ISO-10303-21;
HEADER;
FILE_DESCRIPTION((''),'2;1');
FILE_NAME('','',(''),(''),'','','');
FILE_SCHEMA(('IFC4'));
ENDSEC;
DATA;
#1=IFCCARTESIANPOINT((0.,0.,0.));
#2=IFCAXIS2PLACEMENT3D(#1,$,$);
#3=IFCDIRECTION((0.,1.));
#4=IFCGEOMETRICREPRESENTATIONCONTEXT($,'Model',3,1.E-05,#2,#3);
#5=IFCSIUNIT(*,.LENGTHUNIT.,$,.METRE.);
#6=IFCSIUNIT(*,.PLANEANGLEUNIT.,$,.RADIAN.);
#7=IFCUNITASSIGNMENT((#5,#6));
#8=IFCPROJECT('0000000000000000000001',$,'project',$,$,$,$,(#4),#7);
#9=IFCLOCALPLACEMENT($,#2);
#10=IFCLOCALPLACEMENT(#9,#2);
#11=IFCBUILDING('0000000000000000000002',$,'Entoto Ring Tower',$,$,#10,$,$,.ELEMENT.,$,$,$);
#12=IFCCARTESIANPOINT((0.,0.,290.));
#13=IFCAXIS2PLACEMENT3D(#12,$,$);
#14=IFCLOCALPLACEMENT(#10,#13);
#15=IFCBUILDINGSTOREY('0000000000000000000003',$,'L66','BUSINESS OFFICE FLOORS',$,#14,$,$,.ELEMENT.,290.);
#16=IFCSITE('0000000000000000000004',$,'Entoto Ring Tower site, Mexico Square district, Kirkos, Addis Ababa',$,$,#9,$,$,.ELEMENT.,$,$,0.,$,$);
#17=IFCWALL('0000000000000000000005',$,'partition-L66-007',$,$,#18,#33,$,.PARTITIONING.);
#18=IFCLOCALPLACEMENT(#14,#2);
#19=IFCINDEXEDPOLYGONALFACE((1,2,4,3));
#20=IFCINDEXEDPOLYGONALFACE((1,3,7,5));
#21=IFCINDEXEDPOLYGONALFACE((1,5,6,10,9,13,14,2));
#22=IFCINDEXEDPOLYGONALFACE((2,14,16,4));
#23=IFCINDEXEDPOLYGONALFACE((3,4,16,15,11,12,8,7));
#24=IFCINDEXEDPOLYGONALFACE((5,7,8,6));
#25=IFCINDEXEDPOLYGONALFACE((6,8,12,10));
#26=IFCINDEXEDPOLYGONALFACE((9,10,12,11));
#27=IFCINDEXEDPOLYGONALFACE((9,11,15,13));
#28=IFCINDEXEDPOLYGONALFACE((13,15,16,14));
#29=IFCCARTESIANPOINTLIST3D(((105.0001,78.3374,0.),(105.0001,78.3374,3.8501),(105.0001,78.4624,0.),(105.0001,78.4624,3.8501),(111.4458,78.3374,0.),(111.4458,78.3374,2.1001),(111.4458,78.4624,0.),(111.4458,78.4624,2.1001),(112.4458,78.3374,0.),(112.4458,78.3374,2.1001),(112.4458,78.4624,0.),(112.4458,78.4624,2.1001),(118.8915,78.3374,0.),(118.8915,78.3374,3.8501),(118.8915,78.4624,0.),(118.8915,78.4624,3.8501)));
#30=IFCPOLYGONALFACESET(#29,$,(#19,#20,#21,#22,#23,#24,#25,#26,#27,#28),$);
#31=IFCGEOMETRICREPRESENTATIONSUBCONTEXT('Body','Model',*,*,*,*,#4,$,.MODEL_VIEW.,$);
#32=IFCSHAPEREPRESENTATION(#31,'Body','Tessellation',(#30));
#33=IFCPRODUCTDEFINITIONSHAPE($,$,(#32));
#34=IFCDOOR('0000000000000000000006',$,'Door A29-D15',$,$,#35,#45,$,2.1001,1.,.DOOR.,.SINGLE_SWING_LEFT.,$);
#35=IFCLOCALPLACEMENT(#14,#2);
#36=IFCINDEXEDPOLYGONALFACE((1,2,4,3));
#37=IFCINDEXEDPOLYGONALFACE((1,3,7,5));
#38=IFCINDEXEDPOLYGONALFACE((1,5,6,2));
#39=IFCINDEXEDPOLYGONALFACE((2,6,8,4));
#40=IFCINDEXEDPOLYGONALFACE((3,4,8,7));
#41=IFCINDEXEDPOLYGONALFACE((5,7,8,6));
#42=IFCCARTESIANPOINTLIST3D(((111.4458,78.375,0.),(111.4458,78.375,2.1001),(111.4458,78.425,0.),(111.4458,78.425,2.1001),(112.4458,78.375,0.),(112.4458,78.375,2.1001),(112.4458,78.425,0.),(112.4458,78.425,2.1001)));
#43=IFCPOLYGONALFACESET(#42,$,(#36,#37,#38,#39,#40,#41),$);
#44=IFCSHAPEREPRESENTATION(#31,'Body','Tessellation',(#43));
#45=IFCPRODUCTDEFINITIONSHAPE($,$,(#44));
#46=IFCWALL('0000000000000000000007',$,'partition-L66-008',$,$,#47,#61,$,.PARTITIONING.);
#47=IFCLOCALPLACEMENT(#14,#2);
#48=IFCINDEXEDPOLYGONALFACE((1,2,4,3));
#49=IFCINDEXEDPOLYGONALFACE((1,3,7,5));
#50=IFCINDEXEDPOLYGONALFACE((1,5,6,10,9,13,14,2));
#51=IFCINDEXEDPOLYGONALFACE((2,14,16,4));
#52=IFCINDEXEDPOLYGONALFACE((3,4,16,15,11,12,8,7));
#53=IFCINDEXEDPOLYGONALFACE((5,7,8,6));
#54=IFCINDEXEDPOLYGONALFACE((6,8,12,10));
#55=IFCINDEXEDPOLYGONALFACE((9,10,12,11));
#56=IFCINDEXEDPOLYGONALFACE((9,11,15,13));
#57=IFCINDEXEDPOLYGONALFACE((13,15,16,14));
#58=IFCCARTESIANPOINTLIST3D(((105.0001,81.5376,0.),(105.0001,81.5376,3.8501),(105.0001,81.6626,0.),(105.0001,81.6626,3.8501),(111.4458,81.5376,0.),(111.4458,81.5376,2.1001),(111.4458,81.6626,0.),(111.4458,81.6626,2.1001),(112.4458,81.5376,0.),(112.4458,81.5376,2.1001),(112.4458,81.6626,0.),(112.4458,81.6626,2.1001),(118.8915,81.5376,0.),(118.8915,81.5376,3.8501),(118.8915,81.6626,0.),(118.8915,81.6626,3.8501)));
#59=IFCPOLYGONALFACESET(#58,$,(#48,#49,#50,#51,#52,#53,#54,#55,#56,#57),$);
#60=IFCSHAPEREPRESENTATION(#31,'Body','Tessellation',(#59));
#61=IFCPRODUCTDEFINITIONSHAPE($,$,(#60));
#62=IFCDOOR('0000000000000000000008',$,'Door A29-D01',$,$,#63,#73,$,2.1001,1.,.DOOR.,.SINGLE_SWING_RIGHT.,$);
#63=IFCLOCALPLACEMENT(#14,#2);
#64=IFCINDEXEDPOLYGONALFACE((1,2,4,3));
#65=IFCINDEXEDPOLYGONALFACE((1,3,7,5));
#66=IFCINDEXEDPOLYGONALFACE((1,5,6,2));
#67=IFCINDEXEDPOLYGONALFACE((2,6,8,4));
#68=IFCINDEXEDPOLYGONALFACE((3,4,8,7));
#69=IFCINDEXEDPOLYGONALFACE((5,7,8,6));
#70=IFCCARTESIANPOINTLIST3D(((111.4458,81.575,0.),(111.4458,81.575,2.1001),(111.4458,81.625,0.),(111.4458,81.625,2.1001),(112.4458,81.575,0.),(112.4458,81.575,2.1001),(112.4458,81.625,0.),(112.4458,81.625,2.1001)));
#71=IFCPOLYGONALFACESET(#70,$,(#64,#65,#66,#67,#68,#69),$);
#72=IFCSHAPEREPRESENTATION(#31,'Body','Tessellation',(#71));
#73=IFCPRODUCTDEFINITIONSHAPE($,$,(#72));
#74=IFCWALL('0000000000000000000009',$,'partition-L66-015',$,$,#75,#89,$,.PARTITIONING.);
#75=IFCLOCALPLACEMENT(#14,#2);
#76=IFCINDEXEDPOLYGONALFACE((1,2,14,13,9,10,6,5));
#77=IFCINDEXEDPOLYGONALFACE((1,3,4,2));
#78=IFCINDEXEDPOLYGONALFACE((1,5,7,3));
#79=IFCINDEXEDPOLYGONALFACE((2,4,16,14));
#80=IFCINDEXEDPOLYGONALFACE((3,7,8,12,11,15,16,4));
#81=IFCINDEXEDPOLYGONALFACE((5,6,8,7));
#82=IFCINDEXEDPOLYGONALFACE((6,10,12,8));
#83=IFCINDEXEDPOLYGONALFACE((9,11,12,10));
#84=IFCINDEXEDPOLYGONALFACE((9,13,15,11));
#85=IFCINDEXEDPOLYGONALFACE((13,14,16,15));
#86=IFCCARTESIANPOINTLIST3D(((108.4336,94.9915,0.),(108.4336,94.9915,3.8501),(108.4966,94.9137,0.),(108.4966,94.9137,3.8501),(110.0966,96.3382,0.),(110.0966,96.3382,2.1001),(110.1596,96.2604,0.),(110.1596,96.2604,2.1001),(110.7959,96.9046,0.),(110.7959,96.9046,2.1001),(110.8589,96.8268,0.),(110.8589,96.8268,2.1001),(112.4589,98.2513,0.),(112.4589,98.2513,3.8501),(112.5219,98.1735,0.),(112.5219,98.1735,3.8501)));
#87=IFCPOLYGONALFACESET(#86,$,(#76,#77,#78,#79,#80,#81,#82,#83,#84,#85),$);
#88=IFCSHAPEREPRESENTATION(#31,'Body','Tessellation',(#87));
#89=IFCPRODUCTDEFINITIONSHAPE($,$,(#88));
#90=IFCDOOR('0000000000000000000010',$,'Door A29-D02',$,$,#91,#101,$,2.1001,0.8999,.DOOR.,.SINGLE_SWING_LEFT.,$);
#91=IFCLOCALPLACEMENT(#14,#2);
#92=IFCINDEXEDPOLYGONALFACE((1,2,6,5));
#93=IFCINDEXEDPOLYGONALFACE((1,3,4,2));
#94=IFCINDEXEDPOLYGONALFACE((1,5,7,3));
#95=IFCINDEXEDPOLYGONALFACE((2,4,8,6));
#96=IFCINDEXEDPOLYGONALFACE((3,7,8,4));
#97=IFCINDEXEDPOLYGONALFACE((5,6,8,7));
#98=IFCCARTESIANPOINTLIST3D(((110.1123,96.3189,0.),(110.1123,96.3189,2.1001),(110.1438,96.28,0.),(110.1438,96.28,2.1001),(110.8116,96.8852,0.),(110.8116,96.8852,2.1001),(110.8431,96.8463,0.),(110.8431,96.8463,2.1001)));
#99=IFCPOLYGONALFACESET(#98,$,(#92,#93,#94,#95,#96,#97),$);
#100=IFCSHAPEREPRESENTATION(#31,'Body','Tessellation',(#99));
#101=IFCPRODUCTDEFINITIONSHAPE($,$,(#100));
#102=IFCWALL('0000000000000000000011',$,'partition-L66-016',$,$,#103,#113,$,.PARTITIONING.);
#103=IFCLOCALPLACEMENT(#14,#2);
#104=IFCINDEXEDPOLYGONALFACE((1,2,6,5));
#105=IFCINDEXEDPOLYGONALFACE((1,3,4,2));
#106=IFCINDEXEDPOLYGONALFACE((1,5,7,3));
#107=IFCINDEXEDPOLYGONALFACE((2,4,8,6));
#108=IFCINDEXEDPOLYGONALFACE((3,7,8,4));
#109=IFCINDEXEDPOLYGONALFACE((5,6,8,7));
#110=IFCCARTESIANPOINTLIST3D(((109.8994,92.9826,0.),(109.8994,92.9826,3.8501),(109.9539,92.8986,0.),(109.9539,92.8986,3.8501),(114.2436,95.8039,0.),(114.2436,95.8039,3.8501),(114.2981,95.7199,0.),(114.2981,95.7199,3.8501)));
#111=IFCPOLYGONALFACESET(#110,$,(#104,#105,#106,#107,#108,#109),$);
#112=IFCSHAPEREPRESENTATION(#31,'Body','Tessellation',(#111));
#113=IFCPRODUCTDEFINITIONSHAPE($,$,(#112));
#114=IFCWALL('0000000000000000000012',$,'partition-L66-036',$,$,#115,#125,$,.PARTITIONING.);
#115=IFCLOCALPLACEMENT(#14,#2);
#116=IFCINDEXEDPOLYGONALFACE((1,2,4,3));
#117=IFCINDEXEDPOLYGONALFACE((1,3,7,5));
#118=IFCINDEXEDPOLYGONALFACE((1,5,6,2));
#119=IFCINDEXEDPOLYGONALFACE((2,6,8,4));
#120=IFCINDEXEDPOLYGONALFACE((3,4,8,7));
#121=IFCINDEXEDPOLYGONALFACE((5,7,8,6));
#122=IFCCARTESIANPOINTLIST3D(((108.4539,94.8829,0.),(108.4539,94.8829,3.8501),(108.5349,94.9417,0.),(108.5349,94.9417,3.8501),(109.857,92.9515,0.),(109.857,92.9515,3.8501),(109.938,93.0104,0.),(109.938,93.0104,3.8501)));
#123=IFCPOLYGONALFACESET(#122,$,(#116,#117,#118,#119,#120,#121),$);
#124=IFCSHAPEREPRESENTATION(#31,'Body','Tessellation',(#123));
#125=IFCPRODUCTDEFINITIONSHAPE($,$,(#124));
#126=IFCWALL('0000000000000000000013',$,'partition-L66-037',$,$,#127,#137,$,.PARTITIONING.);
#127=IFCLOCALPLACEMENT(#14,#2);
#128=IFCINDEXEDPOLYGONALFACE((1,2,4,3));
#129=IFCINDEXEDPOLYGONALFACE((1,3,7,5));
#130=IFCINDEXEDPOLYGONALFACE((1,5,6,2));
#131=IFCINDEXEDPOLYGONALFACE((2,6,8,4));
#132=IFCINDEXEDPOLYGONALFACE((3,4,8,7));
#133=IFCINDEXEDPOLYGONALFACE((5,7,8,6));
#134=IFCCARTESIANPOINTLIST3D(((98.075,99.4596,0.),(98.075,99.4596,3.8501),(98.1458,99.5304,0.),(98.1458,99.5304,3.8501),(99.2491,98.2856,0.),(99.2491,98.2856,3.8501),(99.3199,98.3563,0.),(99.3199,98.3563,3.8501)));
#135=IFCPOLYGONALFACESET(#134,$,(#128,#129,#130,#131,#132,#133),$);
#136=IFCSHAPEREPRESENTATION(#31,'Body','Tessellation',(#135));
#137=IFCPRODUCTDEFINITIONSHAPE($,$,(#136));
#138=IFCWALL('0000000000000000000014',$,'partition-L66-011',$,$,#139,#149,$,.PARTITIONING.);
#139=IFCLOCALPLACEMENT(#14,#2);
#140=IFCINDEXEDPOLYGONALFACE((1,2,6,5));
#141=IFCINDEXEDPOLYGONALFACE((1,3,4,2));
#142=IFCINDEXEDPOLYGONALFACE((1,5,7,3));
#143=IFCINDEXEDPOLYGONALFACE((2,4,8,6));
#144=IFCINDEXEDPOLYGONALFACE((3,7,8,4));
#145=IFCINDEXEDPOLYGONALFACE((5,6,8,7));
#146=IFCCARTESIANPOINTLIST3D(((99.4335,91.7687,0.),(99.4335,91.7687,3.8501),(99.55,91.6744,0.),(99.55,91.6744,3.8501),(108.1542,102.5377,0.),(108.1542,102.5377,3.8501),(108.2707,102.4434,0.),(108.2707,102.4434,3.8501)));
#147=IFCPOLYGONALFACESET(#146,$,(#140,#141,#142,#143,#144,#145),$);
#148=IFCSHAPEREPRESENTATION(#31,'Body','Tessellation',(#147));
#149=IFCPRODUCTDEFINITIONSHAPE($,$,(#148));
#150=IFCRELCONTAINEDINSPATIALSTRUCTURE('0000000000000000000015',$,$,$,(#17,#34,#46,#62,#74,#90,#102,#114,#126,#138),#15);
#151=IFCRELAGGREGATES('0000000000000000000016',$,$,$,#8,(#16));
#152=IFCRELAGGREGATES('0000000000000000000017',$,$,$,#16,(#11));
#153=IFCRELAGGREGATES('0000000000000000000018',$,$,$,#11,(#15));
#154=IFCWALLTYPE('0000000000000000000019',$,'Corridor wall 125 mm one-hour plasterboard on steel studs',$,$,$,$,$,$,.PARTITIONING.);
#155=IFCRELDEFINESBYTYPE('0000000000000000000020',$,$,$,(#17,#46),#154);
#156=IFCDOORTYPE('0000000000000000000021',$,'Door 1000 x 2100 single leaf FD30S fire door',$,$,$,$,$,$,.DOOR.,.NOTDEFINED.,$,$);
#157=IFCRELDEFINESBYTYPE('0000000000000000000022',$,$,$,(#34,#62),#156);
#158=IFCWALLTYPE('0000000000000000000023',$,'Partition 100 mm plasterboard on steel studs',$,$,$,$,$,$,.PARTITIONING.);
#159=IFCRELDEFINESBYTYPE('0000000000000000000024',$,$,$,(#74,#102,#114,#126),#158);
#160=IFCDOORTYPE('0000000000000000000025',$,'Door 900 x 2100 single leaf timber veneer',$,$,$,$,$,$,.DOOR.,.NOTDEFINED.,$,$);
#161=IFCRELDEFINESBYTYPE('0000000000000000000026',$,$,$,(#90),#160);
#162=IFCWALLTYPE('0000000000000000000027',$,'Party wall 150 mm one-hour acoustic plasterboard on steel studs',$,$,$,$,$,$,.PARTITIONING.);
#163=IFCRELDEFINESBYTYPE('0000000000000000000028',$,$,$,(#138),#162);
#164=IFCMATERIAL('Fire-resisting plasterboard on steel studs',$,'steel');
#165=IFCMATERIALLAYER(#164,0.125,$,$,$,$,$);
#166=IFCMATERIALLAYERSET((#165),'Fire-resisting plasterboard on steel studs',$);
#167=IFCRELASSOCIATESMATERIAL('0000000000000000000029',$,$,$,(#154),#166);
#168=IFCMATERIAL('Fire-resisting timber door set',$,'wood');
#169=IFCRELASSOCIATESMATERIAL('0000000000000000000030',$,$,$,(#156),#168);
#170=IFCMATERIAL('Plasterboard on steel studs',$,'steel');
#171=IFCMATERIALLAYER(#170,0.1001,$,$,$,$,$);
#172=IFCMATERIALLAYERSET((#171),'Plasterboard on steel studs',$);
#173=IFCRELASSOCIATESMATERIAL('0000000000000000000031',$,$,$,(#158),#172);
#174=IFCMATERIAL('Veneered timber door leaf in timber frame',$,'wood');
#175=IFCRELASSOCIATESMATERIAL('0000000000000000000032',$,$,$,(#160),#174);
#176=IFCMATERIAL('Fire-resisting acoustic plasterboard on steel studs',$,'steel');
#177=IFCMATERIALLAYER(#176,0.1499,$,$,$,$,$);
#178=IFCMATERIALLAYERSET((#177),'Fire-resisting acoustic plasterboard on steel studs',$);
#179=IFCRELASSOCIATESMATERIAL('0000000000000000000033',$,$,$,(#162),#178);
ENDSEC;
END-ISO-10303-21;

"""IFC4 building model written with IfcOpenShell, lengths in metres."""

from ifc_helpers import new_model, si_unit, direction, frame, frame_2d, origin, place, context, subcontext, project, spatial, rectangle, extrude, material, layer, layer_set, type_object, element, fill, save


model = new_model("IFC4")

# Units and contexts
model_context = context("Model", 3, precision=1e-05, world=origin(), true_north=direction((0.0, 1.0)))
body_context = subcontext(model_context, "Body", "Model", "MODEL_VIEW")
ifc_project = project(units=[si_unit("LENGTHUNIT", "METRE"), si_unit("PLANEANGLEUNIT", "RADIAN")], contexts=[model_context])

# Site, building, storey
site_placement = place(None, origin())
site = spatial("IfcSite", under=ifc_project, at=site_placement, Name="Entoto Ring Tower site, Mexico Square district, Kirkos, Addis Ababa", CompositionType="ELEMENT", RefElevation=0.0)
building_placement = place(site_placement, origin())
building = spatial("IfcBuilding", under=site, at=building_placement, Name="Entoto Ring Tower", CompositionType="ELEMENT")
storey_placement = place(building_placement, frame((0.0, 0.0, 290.0)))
storey = spatial("IfcBuildingStorey", under=building, at=storey_placement, Name="L66", Description="BUSINESS OFFICE FLOORS", CompositionType="ELEMENT", Elevation=290.0)

# Walls, openings, doors
ifc_material_1 = material(Name="Fire-resisting plasterboard on steel studs", Category="steel")
ifc_layer_1 = layer(ifc_material_1, 0.125)
ifc_layer_set_1 = layer_set([ifc_layer_1], Name="Fire-resisting plasterboard on steel studs")
wall_type_1 = type_object("IfcWallType", Name="Corridor wall 125 mm one-hour plasterboard on steel studs", PredefinedType="PARTITIONING", material=ifc_layer_set_1)
wall_1_placement = place(storey_placement, frame((105.0, 78.3999, 0.0), z_axis=(0.0, 0.0, 1.0), x_axis=(1.0, 0.0, 0.0)))
wall_1 = element("IfcWall", 1, at=wall_1_placement, inside=storey, type_object=wall_type_1, Name="partition-L66-007", PredefinedType="PARTITIONING", context=body_context, shape_type="SweptSolid", body=[
    extrude(rectangle(XDim=13.8914, YDim=0.125, at=frame_2d((6.9458, 0.0))), origin(), (0.0, 0.0, 1.0), 3.8501),
])
opening_1_placement = place(wall_1_placement, frame((6.4458, 0.0, 0.0)))
opening_1 = element("IfcOpeningElement", 2, at=opening_1_placement, cuts=wall_1, PredefinedType="OPENING", context=body_context, shape_type="SweptSolid", body=[
    extrude(rectangle(XDim=1.0, YDim=2.1001, at=frame_2d((0.5, 1.05))), frame((0.0, 0.0725, 0.0), z_axis=(0.0, -1.0, 0.0), x_axis=(1.0, 0.0, 0.0)), (0.0, 0.0, 1.0), 0.145),
])
ifc_material_2 = material(Name="Fire-resisting timber door set", Category="wood")
door_type_1 = type_object("IfcDoorType", Name="Door 1000 x 2100 single leaf FD30S fire door", OperationType="NOTDEFINED", PredefinedType="DOOR", material=ifc_material_2)
door_1_placement = place(opening_1_placement, frame((1.0, 0.0, 0.0), z_axis=(0.0, 0.0, 1.0), x_axis=(-1.0, 0.0, 0.0)))
door_1 = element("IfcDoor", 3, at=door_1_placement, inside=storey, type_object=door_type_1, Name="Door A29-D15", OperationType="SINGLE_SWING_LEFT", OverallHeight=2.1001, OverallWidth=1.0, PredefinedType="DOOR", context=body_context, shape_type="SweptSolid", body=[
    extrude(rectangle(XDim=1.0, YDim=2.1001, at=frame_2d((0.5, 1.05))), frame((0.0, 0.0249, 0.0), z_axis=(0.0, -1.0, 0.0), x_axis=(1.0, 0.0, 0.0)), (0.0, 0.0, 1.0), 0.05),
])
fill(opening_1, door_1)
wall_2_placement = place(storey_placement, frame((105.0, 81.6001, 0.0), z_axis=(0.0, 0.0, 1.0), x_axis=(1.0, 0.0, 0.0)))
wall_2 = element("IfcWall", 4, at=wall_2_placement, inside=storey, type_object=wall_type_1, Name="partition-L66-008", PredefinedType="PARTITIONING", context=body_context, shape_type="SweptSolid", body=[
    extrude(rectangle(XDim=13.8914, YDim=0.125, at=frame_2d((6.9458, 0.0))), origin(), (0.0, 0.0, 1.0), 3.8501),
])
opening_2_placement = place(wall_2_placement, frame((6.4458, 0.0, 0.0)))
opening_2 = element("IfcOpeningElement", 5, at=opening_2_placement, cuts=wall_2, PredefinedType="OPENING", context=body_context, shape_type="SweptSolid", body=[
    extrude(rectangle(XDim=1.0, YDim=2.1001, at=frame_2d((0.5, 1.05))), frame((0.0, 0.0725, 0.0), z_axis=(0.0, -1.0, 0.0), x_axis=(1.0, 0.0, 0.0)), (0.0, 0.0, 1.0), 0.145),
])
door_2_placement = place(opening_2_placement, origin())
door_2 = element("IfcDoor", 6, at=door_2_placement, inside=storey, type_object=door_type_1, Name="Door A29-D01", OperationType="SINGLE_SWING_RIGHT", OverallHeight=2.1001, OverallWidth=1.0, PredefinedType="DOOR", context=body_context, shape_type="SweptSolid", body=[
    extrude(rectangle(XDim=1.0, YDim=2.1001, at=frame_2d((0.5, 1.05))), frame((0.0, 0.0249, 0.0), z_axis=(0.0, -1.0, 0.0), x_axis=(1.0, 0.0, 0.0)), (0.0, 0.0, 1.0), 0.05),
])
fill(opening_2, door_2)
ifc_material_3 = material(Name="Plasterboard on steel studs", Category="steel")
ifc_layer_2 = layer(ifc_material_3, 0.1001)
ifc_layer_set_2 = layer_set([ifc_layer_2], Name="Plasterboard on steel studs")
wall_type_2 = type_object("IfcWallType", Name="Partition 100 mm plasterboard on steel studs", PredefinedType="PARTITIONING", material=ifc_layer_set_2)
wall_3_placement = place(storey_placement, frame((108.4651, 94.9526, 0.0), z_axis=(0.0, 0.0, 1.0), x_axis=(0.777139, 0.629328, 0.0)))
wall_3 = element("IfcWall", 7, at=wall_3_placement, inside=storey, type_object=wall_type_2, Name="partition-L66-015", PredefinedType="PARTITIONING", context=body_context, shape_type="SweptSolid", body=[
    extrude(rectangle(XDim=5.1797, YDim=0.1001, at=frame_2d((2.5898, 0.0))), origin(), (0.0, 0.0, 1.0), 3.8501),
])
opening_3_placement = place(wall_3_placement, frame((2.1399, 0.0, 0.0)))
opening_3 = element("IfcOpeningElement", 8, at=opening_3_placement, cuts=wall_3, PredefinedType="OPENING", context=body_context, shape_type="SweptSolid", body=[
    extrude(rectangle(XDim=0.8999, YDim=2.1001, at=frame_2d((0.45, 1.05))), frame((0.0, 0.0601, 0.0), z_axis=(0.0, -1.0, 0.0), x_axis=(1.0, 0.0, 0.0)), (0.0, 0.0, 1.0), 0.1201),
])
ifc_material_4 = material(Name="Veneered timber door leaf in timber frame", Category="wood")
door_type_2 = type_object("IfcDoorType", Name="Door 900 x 2100 single leaf timber veneer", OperationType="NOTDEFINED", PredefinedType="DOOR", material=ifc_material_4)
door_3_placement = place(opening_3_placement, frame((0.8999, 0.0, 0.0), z_axis=(0.0, 0.0, 1.0), x_axis=(-1.0, 0.0, 0.0)))
door_3 = element("IfcDoor", 9, at=door_3_placement, inside=storey, type_object=door_type_2, Name="Door A29-D02", OperationType="SINGLE_SWING_LEFT", OverallHeight=2.1001, OverallWidth=0.8999, PredefinedType="DOOR", context=body_context, shape_type="SweptSolid", body=[
    extrude(rectangle(XDim=0.8999, YDim=2.1001, at=frame_2d((0.45, 1.05))), frame((0.0, 0.0249, 0.0), z_axis=(0.0, -1.0, 0.0), x_axis=(1.0, 0.0, 0.0)), (0.0, 0.0, 1.0), 0.05),
])
fill(opening_3, door_3)

# Walls
wall_4_placement = place(storey_placement, frame((109.9268, 92.9407, 0.0), z_axis=(0.0, 0.0, 1.0), x_axis=(0.838661, 0.544654, 0.0)))
element("IfcWall", 10, at=wall_4_placement, inside=storey, type_object=wall_type_2, Name="partition-L66-016", PredefinedType="PARTITIONING", context=body_context, shape_type="SweptSolid", body=[
    extrude(rectangle(XDim=5.1799, YDim=0.1001, at=frame_2d((2.5898, 0.0))), origin(), (0.0, 0.0, 1.0), 3.8501),
])
wall_5_placement = place(storey_placement, frame((109.8975, 92.981, 0.0), z_axis=(0.0, 0.0, 1.0), x_axis=(-0.58774, 0.80905, 0.0)))
element("IfcWall", 11, at=wall_5_placement, inside=storey, type_object=wall_type_2, Name="partition-L66-036", PredefinedType="PARTITIONING", context=body_context, shape_type="SweptSolid", body=[
    extrude(rectangle(XDim=2.3872, YDim=0.1001, at=frame_2d((1.1936, 0.0))), origin(), (0.0, 0.0, 1.0), 3.8501),
])
wall_6_placement = place(storey_placement, frame((99.2844, 98.321, 0.0), z_axis=(0.0, 0.0, 1.0), x_axis=(-0.707107, 0.707107, 0.0)))
element("IfcWall", 12, at=wall_6_placement, inside=storey, type_object=wall_type_2, Name="partition-L66-037", PredefinedType="PARTITIONING", context=body_context, shape_type="SweptSolid", body=[
    extrude(rectangle(XDim=1.6604, YDim=0.1001, at=frame_2d((0.8301, 0.0))), origin(), (0.0, 0.0, 1.0), 3.8501),
])
ifc_material_5 = material(Name="Fire-resisting acoustic plasterboard on steel studs", Category="steel")
ifc_layer_3 = layer(ifc_material_5, 0.1499)
ifc_layer_set_3 = layer_set([ifc_layer_3], Name="Fire-resisting acoustic plasterboard on steel studs")
wall_type_3 = type_object("IfcWallType", Name="Party wall 150 mm one-hour acoustic plasterboard on steel studs", PredefinedType="PARTITIONING", material=ifc_layer_set_3)
wall_7_placement = place(storey_placement, frame((99.4917, 91.7214, 0.0), z_axis=(0.0, 0.0, 1.0), x_axis=(0.629325, 0.777142, 0.0)))
element("IfcWall", 13, at=wall_7_placement, inside=storey, type_object=wall_type_3, Name="partition-L66-011", PredefinedType="PARTITIONING", context=body_context, shape_type="SweptSolid", body=[
    extrude(rectangle(XDim=13.8572, YDim=0.1499, at=frame_2d((6.9287, 0.0))), origin(), (0.0, 0.0, 1.0), 3.8501),
])

save(model, "model.ifc")
